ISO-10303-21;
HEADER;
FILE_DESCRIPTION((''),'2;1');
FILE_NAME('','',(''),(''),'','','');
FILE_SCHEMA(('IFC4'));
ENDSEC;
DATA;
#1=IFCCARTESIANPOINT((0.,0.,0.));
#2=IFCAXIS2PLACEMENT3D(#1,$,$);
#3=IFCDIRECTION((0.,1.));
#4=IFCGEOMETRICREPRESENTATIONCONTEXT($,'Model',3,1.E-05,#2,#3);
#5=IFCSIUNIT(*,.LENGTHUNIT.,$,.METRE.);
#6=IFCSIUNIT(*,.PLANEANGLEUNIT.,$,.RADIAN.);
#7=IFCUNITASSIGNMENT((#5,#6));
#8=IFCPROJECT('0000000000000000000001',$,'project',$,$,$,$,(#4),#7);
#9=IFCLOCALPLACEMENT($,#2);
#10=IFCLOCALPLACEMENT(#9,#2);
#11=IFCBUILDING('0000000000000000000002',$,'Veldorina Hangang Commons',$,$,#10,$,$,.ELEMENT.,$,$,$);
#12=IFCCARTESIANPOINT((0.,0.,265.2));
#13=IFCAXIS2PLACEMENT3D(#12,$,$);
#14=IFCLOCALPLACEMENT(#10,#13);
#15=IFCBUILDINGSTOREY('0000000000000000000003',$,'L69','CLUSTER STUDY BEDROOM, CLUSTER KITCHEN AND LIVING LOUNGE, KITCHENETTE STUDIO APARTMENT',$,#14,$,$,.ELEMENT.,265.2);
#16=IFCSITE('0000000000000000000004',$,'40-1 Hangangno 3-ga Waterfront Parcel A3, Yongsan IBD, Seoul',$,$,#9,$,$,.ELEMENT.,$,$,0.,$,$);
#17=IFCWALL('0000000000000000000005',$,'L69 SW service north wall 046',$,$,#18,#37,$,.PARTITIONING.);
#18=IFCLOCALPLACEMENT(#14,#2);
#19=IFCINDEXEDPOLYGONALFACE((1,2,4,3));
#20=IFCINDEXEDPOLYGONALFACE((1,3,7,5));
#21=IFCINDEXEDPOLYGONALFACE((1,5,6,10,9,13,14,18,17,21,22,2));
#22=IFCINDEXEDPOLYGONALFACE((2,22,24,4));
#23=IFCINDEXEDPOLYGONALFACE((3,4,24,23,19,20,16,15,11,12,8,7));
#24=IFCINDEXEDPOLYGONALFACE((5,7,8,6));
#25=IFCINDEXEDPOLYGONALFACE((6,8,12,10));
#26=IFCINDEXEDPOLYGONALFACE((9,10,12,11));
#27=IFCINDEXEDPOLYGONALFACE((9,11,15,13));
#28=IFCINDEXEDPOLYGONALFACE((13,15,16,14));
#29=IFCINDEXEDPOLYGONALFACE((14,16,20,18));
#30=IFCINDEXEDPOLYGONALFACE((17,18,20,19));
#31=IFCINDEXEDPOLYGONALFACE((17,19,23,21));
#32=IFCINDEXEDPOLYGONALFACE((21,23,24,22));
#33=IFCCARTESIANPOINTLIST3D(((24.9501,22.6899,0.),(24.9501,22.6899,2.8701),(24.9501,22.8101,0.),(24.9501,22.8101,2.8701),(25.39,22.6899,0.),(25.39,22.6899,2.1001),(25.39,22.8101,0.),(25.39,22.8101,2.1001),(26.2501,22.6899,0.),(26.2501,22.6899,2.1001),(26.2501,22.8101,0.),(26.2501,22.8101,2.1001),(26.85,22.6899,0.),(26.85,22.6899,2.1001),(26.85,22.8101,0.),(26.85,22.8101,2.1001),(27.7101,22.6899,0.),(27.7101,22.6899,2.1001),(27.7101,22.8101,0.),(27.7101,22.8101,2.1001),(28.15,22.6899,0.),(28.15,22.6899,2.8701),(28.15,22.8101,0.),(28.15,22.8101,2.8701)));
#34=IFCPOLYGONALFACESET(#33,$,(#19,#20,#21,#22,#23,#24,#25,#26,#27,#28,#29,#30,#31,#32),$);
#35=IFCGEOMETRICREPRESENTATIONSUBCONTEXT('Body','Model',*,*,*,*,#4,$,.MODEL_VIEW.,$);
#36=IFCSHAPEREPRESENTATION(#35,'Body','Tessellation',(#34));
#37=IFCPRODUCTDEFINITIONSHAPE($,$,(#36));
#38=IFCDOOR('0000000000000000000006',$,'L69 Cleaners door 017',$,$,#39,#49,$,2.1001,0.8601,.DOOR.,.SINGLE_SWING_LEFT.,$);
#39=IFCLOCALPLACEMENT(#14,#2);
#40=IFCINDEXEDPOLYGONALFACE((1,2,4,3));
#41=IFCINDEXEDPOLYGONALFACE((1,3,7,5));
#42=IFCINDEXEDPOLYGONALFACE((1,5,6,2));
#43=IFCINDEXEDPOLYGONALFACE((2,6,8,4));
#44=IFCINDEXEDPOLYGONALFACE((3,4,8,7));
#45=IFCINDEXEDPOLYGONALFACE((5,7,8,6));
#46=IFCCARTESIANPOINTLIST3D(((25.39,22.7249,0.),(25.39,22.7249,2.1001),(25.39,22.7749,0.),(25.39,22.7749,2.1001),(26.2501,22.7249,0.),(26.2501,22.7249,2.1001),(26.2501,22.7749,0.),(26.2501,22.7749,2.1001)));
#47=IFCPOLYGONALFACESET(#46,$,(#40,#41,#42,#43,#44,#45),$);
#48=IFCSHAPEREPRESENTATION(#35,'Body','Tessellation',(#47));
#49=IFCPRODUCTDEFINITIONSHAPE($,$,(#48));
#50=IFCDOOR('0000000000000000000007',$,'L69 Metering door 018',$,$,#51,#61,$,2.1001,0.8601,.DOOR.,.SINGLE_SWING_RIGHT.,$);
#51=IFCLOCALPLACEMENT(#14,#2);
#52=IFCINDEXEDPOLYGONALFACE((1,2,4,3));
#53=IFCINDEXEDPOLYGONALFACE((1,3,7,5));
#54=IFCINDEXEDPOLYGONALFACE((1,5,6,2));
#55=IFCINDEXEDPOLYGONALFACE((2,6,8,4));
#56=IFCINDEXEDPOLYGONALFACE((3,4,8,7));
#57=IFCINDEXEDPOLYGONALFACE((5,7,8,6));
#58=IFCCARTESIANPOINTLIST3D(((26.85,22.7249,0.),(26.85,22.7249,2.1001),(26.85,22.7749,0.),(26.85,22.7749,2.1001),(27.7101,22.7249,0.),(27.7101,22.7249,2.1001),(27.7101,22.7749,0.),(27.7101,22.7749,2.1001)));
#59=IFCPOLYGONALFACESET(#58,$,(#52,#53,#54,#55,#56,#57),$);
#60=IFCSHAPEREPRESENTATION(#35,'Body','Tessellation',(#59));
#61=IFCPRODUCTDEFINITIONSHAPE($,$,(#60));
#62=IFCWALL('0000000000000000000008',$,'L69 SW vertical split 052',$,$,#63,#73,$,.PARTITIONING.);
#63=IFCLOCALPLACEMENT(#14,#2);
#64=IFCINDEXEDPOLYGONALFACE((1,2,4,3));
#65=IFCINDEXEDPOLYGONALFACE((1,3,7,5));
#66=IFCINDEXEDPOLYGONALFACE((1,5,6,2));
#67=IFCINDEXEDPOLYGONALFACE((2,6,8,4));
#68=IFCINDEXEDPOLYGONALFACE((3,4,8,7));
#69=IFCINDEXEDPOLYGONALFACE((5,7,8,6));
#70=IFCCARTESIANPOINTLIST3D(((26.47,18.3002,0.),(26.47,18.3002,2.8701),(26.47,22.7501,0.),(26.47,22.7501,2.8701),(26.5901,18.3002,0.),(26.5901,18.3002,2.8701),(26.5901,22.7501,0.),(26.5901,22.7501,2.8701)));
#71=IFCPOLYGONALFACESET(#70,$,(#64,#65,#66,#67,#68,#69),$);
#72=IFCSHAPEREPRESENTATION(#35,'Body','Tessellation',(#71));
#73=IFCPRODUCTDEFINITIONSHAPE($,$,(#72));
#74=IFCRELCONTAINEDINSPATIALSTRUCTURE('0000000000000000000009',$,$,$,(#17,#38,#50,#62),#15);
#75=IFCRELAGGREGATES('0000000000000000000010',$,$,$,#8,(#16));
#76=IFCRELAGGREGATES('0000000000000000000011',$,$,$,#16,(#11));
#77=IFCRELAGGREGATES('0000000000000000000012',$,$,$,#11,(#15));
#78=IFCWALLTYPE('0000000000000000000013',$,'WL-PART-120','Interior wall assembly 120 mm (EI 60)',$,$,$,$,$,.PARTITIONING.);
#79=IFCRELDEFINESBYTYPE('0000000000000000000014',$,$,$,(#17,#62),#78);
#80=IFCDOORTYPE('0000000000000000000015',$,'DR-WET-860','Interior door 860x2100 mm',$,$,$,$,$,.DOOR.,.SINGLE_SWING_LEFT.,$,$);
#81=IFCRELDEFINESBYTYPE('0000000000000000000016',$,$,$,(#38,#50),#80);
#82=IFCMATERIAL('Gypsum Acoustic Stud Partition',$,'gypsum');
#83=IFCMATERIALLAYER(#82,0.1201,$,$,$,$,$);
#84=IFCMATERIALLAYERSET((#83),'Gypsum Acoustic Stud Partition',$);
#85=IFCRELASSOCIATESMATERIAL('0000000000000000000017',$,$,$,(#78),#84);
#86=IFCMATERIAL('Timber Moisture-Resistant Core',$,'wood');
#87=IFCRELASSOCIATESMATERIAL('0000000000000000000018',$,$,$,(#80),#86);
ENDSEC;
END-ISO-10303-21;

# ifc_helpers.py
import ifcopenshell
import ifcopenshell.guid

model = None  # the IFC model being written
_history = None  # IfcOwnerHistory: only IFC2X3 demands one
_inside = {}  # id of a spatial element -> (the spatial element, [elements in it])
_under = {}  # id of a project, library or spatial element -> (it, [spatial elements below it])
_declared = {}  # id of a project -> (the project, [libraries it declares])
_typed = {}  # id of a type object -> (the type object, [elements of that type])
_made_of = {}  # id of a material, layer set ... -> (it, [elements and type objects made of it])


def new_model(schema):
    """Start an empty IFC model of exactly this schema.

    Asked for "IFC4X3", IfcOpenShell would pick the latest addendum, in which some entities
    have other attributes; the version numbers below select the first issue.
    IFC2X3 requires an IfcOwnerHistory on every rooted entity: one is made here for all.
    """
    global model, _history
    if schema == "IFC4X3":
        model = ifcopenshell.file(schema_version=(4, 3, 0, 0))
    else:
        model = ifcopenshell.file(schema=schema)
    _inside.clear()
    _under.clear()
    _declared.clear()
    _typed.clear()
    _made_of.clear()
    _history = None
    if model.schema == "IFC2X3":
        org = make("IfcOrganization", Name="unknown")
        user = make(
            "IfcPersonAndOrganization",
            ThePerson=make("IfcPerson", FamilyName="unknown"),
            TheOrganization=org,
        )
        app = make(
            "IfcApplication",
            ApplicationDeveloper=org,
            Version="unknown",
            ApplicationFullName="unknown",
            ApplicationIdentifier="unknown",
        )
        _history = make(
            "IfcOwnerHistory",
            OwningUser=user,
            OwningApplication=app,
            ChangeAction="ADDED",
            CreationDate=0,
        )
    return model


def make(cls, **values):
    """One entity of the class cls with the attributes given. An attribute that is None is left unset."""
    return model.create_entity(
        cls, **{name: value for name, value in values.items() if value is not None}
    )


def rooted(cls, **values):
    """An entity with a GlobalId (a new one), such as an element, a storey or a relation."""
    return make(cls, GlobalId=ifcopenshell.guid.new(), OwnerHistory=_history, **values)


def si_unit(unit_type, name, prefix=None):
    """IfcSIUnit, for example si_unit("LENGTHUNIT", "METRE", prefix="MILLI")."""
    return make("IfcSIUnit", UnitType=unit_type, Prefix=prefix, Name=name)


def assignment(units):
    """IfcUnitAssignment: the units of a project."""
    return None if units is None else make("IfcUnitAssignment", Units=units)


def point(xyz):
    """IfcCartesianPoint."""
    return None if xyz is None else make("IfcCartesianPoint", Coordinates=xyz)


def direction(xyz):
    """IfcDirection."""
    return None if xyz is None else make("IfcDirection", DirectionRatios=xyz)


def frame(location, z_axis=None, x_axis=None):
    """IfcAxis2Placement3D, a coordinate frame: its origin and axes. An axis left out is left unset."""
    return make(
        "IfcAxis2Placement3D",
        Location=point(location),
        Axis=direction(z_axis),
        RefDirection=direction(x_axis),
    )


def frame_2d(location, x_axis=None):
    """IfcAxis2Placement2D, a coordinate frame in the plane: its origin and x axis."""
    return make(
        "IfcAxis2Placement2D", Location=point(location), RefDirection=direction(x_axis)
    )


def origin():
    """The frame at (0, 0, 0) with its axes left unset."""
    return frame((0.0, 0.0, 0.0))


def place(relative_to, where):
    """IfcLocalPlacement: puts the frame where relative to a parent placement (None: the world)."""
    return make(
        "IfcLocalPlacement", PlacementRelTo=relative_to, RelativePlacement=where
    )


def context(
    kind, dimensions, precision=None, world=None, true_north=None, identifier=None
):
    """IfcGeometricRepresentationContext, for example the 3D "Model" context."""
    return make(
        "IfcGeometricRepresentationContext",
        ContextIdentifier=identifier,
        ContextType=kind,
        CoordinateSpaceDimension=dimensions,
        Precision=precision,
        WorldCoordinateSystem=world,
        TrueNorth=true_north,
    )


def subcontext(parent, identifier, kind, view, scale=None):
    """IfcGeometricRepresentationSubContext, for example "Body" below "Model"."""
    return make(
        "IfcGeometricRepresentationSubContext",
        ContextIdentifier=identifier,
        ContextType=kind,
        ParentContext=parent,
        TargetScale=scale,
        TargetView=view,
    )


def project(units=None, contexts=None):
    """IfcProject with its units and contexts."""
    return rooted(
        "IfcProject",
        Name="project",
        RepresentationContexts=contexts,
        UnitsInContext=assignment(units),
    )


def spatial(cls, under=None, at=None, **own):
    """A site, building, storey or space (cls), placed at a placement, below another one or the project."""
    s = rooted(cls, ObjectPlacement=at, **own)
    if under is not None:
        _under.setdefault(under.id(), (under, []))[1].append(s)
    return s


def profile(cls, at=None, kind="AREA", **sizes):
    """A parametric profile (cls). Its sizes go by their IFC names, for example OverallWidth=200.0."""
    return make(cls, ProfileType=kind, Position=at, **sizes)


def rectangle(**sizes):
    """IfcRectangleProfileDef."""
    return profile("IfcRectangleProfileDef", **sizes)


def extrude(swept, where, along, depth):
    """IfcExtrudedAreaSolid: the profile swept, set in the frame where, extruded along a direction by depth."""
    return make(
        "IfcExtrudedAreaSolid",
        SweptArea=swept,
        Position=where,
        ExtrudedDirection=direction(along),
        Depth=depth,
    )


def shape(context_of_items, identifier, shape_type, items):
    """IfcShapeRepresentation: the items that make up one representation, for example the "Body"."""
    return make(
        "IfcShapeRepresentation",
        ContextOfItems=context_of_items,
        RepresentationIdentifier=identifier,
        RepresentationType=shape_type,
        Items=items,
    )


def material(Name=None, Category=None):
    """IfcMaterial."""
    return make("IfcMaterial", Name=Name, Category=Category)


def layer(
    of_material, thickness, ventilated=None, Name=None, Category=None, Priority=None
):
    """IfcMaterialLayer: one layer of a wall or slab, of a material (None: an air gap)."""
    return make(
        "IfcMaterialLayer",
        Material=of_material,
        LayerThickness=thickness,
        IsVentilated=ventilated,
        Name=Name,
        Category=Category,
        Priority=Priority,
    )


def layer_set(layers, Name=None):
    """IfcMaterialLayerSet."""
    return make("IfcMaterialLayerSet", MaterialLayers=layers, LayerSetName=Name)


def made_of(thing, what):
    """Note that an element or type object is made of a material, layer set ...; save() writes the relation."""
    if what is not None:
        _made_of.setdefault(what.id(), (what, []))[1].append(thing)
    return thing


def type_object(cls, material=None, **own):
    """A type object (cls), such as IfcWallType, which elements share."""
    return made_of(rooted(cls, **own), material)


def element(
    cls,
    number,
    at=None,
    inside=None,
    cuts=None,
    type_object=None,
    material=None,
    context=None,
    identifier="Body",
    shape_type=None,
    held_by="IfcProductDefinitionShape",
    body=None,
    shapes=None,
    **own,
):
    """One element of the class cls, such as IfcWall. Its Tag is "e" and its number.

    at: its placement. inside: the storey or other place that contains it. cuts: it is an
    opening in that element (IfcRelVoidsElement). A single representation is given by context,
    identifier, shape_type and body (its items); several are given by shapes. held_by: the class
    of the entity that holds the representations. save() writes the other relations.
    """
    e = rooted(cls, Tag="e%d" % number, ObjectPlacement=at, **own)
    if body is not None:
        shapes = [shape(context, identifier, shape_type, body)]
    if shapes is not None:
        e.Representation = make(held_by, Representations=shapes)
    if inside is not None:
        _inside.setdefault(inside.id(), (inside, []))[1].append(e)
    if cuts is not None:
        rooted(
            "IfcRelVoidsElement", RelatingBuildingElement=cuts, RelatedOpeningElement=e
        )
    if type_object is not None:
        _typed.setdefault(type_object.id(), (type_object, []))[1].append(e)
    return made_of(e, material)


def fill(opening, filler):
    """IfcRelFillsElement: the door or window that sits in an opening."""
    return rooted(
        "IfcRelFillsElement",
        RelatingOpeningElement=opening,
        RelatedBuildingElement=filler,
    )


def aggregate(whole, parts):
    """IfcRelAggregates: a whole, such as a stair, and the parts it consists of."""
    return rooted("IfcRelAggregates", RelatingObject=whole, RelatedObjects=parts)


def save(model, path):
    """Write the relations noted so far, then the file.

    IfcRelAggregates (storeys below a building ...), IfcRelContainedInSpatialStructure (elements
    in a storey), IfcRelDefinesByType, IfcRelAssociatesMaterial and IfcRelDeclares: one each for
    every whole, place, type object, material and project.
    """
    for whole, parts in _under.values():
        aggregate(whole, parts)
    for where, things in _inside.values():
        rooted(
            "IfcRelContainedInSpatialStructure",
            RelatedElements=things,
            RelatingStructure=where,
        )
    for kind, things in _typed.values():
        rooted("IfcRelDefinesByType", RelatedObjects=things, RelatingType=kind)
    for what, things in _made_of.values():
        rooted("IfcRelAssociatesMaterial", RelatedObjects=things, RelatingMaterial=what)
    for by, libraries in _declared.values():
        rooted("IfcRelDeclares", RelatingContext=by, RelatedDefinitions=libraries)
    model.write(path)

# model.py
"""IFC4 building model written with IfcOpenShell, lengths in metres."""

from ifc_helpers import new_model, si_unit, direction, frame, frame_2d, origin, place, context, subcontext, project, spatial, rectangle, extrude, material, layer, layer_set, type_object, element, fill, save


model = new_model("IFC4")

# Units and contexts
model_context = context("Model", 3, precision=1e-05, world=origin(), true_north=direction((0.0, 1.0)))
body_context = subcontext(model_context, "Body", "Model", "MODEL_VIEW")
ifc_project = project(units=[si_unit("LENGTHUNIT", "METRE"), si_unit("PLANEANGLEUNIT", "RADIAN")], contexts=[model_context])

# Site, building, storey
site_placement = place(None, origin())
site = spatial("IfcSite", under=ifc_project, at=site_placement, Name="40-1 Hangangno 3-ga Waterfront Parcel A3, Yongsan IBD, Seoul", CompositionType="ELEMENT", RefElevation=0.0)
building_placement = place(site_placement, origin())
building = spatial("IfcBuilding", under=site, at=building_placement, Name="Veldorina Hangang Commons", CompositionType="ELEMENT")
storey_placement = place(building_placement, frame((0.0, 0.0, 265.2)))
storey = spatial("IfcBuildingStorey", under=building, at=storey_placement, Name="L69", Description="CLUSTER STUDY BEDROOM, CLUSTER KITCHEN AND LIVING LOUNGE, KITCHENETTE STUDIO APARTMENT", CompositionType="ELEMENT", Elevation=265.2)

# Shared definitions
ifc_material_1 = material(Name="Gypsum Acoustic Stud Partition", Category="gypsum")
ifc_layer_1 = layer(ifc_material_1, 0.1201)
ifc_layer_set_1 = layer_set([ifc_layer_1], Name="Gypsum Acoustic Stud Partition")
wall_type_1 = type_object("IfcWallType", Name="WL-PART-120", Description="Interior wall assembly 120 mm (EI 60)", PredefinedType="PARTITIONING", material=ifc_layer_set_1)

# Wall, openings, doors
wall_1_placement = place(storey_placement, frame((24.95, 22.75, 0.0), z_axis=(0.0, 0.0, 1.0), x_axis=(1.0, 0.0, 0.0)))
wall_1 = element("IfcWall", 1, at=wall_1_placement, inside=storey, type_object=wall_type_1, Name="L69 SW service north wall 046", PredefinedType="PARTITIONING", context=body_context, shape_type="SweptSolid", body=[
    extrude(rectangle(XDim=3.2, YDim=0.1201, at=frame_2d((1.6001, 0.0))), origin(), (0.0, 0.0, 1.0), 2.8701),
])
opening_1_placement = place(wall_1_placement, frame((0.4399, 0.0, 0.0)))
opening_1 = element("IfcOpeningElement", 2, at=opening_1_placement, cuts=wall_1, PredefinedType="OPENING", context=body_context, shape_type="SweptSolid", body=[
    extrude(rectangle(XDim=0.8601, YDim=2.1001, at=frame_2d((0.4302, 1.05))), frame((0.0, 0.0701, 0.0), z_axis=(0.0, -1.0, 0.0), x_axis=(1.0, 0.0, 0.0)), (0.0, 0.0, 1.0), 0.1401),
])
opening_2_placement = place(wall_1_placement, frame((1.8999, 0.0, 0.0)))
opening_2 = element("IfcOpeningElement", 3, at=opening_2_placement, cuts=wall_1, PredefinedType="OPENING", context=body_context, shape_type="SweptSolid", body=[
    extrude(rectangle(XDim=0.8601, YDim=2.1001, at=frame_2d((0.4302, 1.05))), frame((0.0, 0.0701, 0.0), z_axis=(0.0, -1.0, 0.0), x_axis=(1.0, 0.0, 0.0)), (0.0, 0.0, 1.0), 0.1401),
])
ifc_material_2 = material(Name="Timber Moisture-Resistant Core", Category="wood")
door_type_1 = type_object("IfcDoorType", Name="DR-WET-860", Description="Interior door 860x2100 mm", OperationType="SINGLE_SWING_LEFT", PredefinedType="DOOR", material=ifc_material_2)
door_1_placement = place(opening_1_placement, origin())
door_1 = element("IfcDoor", 4, at=door_1_placement, inside=storey, type_object=door_type_1, Name="L69 Cleaners door 017", OperationType="SINGLE_SWING_LEFT", OverallHeight=2.1001, OverallWidth=0.8601, PredefinedType="DOOR", context=body_context, shape_type="SweptSolid", body=[
    extrude(rectangle(XDim=0.8601, YDim=2.1001, at=frame_2d((0.4302, 1.05))), frame((0.0, 0.0249, 0.0), z_axis=(0.0, -1.0, 0.0), x_axis=(1.0, 0.0, 0.0)), (0.0, 0.0, 1.0), 0.05),
])
fill(opening_1, door_1)
door_2_placement = place(opening_2_placement, origin())
door_2 = element("IfcDoor", 5, at=door_2_placement, inside=storey, type_object=door_type_1, Name="L69 Metering door 018", OperationType="SINGLE_SWING_RIGHT", OverallHeight=2.1001, OverallWidth=0.8601, PredefinedType="DOOR", context=body_context, shape_type="SweptSolid", body=[
    extrude(rectangle(XDim=0.8601, YDim=2.1001, at=frame_2d((0.4302, 1.05))), frame((0.0, 0.0249, 0.0), z_axis=(0.0, -1.0, 0.0), x_axis=(1.0, 0.0, 0.0)), (0.0, 0.0, 1.0), 0.05),
])
fill(opening_2, door_2)

# Wall
wall_2_placement = place(storey_placement, frame((26.53, 18.3, 0.0), z_axis=(0.0, 0.0, 1.0), x_axis=(0.0, 1.0, 0.0)))
element("IfcWall", 6, at=wall_2_placement, inside=storey, type_object=wall_type_1, Name="L69 SW vertical split 052", PredefinedType="PARTITIONING", context=body_context, shape_type="SweptSolid", body=[
    extrude(rectangle(XDim=4.45, YDim=0.1201, at=frame_2d((2.2251, 0.0))), origin(), (0.0, 0.0, 1.0), 2.8701),
])

save(model, "model.ifc")
